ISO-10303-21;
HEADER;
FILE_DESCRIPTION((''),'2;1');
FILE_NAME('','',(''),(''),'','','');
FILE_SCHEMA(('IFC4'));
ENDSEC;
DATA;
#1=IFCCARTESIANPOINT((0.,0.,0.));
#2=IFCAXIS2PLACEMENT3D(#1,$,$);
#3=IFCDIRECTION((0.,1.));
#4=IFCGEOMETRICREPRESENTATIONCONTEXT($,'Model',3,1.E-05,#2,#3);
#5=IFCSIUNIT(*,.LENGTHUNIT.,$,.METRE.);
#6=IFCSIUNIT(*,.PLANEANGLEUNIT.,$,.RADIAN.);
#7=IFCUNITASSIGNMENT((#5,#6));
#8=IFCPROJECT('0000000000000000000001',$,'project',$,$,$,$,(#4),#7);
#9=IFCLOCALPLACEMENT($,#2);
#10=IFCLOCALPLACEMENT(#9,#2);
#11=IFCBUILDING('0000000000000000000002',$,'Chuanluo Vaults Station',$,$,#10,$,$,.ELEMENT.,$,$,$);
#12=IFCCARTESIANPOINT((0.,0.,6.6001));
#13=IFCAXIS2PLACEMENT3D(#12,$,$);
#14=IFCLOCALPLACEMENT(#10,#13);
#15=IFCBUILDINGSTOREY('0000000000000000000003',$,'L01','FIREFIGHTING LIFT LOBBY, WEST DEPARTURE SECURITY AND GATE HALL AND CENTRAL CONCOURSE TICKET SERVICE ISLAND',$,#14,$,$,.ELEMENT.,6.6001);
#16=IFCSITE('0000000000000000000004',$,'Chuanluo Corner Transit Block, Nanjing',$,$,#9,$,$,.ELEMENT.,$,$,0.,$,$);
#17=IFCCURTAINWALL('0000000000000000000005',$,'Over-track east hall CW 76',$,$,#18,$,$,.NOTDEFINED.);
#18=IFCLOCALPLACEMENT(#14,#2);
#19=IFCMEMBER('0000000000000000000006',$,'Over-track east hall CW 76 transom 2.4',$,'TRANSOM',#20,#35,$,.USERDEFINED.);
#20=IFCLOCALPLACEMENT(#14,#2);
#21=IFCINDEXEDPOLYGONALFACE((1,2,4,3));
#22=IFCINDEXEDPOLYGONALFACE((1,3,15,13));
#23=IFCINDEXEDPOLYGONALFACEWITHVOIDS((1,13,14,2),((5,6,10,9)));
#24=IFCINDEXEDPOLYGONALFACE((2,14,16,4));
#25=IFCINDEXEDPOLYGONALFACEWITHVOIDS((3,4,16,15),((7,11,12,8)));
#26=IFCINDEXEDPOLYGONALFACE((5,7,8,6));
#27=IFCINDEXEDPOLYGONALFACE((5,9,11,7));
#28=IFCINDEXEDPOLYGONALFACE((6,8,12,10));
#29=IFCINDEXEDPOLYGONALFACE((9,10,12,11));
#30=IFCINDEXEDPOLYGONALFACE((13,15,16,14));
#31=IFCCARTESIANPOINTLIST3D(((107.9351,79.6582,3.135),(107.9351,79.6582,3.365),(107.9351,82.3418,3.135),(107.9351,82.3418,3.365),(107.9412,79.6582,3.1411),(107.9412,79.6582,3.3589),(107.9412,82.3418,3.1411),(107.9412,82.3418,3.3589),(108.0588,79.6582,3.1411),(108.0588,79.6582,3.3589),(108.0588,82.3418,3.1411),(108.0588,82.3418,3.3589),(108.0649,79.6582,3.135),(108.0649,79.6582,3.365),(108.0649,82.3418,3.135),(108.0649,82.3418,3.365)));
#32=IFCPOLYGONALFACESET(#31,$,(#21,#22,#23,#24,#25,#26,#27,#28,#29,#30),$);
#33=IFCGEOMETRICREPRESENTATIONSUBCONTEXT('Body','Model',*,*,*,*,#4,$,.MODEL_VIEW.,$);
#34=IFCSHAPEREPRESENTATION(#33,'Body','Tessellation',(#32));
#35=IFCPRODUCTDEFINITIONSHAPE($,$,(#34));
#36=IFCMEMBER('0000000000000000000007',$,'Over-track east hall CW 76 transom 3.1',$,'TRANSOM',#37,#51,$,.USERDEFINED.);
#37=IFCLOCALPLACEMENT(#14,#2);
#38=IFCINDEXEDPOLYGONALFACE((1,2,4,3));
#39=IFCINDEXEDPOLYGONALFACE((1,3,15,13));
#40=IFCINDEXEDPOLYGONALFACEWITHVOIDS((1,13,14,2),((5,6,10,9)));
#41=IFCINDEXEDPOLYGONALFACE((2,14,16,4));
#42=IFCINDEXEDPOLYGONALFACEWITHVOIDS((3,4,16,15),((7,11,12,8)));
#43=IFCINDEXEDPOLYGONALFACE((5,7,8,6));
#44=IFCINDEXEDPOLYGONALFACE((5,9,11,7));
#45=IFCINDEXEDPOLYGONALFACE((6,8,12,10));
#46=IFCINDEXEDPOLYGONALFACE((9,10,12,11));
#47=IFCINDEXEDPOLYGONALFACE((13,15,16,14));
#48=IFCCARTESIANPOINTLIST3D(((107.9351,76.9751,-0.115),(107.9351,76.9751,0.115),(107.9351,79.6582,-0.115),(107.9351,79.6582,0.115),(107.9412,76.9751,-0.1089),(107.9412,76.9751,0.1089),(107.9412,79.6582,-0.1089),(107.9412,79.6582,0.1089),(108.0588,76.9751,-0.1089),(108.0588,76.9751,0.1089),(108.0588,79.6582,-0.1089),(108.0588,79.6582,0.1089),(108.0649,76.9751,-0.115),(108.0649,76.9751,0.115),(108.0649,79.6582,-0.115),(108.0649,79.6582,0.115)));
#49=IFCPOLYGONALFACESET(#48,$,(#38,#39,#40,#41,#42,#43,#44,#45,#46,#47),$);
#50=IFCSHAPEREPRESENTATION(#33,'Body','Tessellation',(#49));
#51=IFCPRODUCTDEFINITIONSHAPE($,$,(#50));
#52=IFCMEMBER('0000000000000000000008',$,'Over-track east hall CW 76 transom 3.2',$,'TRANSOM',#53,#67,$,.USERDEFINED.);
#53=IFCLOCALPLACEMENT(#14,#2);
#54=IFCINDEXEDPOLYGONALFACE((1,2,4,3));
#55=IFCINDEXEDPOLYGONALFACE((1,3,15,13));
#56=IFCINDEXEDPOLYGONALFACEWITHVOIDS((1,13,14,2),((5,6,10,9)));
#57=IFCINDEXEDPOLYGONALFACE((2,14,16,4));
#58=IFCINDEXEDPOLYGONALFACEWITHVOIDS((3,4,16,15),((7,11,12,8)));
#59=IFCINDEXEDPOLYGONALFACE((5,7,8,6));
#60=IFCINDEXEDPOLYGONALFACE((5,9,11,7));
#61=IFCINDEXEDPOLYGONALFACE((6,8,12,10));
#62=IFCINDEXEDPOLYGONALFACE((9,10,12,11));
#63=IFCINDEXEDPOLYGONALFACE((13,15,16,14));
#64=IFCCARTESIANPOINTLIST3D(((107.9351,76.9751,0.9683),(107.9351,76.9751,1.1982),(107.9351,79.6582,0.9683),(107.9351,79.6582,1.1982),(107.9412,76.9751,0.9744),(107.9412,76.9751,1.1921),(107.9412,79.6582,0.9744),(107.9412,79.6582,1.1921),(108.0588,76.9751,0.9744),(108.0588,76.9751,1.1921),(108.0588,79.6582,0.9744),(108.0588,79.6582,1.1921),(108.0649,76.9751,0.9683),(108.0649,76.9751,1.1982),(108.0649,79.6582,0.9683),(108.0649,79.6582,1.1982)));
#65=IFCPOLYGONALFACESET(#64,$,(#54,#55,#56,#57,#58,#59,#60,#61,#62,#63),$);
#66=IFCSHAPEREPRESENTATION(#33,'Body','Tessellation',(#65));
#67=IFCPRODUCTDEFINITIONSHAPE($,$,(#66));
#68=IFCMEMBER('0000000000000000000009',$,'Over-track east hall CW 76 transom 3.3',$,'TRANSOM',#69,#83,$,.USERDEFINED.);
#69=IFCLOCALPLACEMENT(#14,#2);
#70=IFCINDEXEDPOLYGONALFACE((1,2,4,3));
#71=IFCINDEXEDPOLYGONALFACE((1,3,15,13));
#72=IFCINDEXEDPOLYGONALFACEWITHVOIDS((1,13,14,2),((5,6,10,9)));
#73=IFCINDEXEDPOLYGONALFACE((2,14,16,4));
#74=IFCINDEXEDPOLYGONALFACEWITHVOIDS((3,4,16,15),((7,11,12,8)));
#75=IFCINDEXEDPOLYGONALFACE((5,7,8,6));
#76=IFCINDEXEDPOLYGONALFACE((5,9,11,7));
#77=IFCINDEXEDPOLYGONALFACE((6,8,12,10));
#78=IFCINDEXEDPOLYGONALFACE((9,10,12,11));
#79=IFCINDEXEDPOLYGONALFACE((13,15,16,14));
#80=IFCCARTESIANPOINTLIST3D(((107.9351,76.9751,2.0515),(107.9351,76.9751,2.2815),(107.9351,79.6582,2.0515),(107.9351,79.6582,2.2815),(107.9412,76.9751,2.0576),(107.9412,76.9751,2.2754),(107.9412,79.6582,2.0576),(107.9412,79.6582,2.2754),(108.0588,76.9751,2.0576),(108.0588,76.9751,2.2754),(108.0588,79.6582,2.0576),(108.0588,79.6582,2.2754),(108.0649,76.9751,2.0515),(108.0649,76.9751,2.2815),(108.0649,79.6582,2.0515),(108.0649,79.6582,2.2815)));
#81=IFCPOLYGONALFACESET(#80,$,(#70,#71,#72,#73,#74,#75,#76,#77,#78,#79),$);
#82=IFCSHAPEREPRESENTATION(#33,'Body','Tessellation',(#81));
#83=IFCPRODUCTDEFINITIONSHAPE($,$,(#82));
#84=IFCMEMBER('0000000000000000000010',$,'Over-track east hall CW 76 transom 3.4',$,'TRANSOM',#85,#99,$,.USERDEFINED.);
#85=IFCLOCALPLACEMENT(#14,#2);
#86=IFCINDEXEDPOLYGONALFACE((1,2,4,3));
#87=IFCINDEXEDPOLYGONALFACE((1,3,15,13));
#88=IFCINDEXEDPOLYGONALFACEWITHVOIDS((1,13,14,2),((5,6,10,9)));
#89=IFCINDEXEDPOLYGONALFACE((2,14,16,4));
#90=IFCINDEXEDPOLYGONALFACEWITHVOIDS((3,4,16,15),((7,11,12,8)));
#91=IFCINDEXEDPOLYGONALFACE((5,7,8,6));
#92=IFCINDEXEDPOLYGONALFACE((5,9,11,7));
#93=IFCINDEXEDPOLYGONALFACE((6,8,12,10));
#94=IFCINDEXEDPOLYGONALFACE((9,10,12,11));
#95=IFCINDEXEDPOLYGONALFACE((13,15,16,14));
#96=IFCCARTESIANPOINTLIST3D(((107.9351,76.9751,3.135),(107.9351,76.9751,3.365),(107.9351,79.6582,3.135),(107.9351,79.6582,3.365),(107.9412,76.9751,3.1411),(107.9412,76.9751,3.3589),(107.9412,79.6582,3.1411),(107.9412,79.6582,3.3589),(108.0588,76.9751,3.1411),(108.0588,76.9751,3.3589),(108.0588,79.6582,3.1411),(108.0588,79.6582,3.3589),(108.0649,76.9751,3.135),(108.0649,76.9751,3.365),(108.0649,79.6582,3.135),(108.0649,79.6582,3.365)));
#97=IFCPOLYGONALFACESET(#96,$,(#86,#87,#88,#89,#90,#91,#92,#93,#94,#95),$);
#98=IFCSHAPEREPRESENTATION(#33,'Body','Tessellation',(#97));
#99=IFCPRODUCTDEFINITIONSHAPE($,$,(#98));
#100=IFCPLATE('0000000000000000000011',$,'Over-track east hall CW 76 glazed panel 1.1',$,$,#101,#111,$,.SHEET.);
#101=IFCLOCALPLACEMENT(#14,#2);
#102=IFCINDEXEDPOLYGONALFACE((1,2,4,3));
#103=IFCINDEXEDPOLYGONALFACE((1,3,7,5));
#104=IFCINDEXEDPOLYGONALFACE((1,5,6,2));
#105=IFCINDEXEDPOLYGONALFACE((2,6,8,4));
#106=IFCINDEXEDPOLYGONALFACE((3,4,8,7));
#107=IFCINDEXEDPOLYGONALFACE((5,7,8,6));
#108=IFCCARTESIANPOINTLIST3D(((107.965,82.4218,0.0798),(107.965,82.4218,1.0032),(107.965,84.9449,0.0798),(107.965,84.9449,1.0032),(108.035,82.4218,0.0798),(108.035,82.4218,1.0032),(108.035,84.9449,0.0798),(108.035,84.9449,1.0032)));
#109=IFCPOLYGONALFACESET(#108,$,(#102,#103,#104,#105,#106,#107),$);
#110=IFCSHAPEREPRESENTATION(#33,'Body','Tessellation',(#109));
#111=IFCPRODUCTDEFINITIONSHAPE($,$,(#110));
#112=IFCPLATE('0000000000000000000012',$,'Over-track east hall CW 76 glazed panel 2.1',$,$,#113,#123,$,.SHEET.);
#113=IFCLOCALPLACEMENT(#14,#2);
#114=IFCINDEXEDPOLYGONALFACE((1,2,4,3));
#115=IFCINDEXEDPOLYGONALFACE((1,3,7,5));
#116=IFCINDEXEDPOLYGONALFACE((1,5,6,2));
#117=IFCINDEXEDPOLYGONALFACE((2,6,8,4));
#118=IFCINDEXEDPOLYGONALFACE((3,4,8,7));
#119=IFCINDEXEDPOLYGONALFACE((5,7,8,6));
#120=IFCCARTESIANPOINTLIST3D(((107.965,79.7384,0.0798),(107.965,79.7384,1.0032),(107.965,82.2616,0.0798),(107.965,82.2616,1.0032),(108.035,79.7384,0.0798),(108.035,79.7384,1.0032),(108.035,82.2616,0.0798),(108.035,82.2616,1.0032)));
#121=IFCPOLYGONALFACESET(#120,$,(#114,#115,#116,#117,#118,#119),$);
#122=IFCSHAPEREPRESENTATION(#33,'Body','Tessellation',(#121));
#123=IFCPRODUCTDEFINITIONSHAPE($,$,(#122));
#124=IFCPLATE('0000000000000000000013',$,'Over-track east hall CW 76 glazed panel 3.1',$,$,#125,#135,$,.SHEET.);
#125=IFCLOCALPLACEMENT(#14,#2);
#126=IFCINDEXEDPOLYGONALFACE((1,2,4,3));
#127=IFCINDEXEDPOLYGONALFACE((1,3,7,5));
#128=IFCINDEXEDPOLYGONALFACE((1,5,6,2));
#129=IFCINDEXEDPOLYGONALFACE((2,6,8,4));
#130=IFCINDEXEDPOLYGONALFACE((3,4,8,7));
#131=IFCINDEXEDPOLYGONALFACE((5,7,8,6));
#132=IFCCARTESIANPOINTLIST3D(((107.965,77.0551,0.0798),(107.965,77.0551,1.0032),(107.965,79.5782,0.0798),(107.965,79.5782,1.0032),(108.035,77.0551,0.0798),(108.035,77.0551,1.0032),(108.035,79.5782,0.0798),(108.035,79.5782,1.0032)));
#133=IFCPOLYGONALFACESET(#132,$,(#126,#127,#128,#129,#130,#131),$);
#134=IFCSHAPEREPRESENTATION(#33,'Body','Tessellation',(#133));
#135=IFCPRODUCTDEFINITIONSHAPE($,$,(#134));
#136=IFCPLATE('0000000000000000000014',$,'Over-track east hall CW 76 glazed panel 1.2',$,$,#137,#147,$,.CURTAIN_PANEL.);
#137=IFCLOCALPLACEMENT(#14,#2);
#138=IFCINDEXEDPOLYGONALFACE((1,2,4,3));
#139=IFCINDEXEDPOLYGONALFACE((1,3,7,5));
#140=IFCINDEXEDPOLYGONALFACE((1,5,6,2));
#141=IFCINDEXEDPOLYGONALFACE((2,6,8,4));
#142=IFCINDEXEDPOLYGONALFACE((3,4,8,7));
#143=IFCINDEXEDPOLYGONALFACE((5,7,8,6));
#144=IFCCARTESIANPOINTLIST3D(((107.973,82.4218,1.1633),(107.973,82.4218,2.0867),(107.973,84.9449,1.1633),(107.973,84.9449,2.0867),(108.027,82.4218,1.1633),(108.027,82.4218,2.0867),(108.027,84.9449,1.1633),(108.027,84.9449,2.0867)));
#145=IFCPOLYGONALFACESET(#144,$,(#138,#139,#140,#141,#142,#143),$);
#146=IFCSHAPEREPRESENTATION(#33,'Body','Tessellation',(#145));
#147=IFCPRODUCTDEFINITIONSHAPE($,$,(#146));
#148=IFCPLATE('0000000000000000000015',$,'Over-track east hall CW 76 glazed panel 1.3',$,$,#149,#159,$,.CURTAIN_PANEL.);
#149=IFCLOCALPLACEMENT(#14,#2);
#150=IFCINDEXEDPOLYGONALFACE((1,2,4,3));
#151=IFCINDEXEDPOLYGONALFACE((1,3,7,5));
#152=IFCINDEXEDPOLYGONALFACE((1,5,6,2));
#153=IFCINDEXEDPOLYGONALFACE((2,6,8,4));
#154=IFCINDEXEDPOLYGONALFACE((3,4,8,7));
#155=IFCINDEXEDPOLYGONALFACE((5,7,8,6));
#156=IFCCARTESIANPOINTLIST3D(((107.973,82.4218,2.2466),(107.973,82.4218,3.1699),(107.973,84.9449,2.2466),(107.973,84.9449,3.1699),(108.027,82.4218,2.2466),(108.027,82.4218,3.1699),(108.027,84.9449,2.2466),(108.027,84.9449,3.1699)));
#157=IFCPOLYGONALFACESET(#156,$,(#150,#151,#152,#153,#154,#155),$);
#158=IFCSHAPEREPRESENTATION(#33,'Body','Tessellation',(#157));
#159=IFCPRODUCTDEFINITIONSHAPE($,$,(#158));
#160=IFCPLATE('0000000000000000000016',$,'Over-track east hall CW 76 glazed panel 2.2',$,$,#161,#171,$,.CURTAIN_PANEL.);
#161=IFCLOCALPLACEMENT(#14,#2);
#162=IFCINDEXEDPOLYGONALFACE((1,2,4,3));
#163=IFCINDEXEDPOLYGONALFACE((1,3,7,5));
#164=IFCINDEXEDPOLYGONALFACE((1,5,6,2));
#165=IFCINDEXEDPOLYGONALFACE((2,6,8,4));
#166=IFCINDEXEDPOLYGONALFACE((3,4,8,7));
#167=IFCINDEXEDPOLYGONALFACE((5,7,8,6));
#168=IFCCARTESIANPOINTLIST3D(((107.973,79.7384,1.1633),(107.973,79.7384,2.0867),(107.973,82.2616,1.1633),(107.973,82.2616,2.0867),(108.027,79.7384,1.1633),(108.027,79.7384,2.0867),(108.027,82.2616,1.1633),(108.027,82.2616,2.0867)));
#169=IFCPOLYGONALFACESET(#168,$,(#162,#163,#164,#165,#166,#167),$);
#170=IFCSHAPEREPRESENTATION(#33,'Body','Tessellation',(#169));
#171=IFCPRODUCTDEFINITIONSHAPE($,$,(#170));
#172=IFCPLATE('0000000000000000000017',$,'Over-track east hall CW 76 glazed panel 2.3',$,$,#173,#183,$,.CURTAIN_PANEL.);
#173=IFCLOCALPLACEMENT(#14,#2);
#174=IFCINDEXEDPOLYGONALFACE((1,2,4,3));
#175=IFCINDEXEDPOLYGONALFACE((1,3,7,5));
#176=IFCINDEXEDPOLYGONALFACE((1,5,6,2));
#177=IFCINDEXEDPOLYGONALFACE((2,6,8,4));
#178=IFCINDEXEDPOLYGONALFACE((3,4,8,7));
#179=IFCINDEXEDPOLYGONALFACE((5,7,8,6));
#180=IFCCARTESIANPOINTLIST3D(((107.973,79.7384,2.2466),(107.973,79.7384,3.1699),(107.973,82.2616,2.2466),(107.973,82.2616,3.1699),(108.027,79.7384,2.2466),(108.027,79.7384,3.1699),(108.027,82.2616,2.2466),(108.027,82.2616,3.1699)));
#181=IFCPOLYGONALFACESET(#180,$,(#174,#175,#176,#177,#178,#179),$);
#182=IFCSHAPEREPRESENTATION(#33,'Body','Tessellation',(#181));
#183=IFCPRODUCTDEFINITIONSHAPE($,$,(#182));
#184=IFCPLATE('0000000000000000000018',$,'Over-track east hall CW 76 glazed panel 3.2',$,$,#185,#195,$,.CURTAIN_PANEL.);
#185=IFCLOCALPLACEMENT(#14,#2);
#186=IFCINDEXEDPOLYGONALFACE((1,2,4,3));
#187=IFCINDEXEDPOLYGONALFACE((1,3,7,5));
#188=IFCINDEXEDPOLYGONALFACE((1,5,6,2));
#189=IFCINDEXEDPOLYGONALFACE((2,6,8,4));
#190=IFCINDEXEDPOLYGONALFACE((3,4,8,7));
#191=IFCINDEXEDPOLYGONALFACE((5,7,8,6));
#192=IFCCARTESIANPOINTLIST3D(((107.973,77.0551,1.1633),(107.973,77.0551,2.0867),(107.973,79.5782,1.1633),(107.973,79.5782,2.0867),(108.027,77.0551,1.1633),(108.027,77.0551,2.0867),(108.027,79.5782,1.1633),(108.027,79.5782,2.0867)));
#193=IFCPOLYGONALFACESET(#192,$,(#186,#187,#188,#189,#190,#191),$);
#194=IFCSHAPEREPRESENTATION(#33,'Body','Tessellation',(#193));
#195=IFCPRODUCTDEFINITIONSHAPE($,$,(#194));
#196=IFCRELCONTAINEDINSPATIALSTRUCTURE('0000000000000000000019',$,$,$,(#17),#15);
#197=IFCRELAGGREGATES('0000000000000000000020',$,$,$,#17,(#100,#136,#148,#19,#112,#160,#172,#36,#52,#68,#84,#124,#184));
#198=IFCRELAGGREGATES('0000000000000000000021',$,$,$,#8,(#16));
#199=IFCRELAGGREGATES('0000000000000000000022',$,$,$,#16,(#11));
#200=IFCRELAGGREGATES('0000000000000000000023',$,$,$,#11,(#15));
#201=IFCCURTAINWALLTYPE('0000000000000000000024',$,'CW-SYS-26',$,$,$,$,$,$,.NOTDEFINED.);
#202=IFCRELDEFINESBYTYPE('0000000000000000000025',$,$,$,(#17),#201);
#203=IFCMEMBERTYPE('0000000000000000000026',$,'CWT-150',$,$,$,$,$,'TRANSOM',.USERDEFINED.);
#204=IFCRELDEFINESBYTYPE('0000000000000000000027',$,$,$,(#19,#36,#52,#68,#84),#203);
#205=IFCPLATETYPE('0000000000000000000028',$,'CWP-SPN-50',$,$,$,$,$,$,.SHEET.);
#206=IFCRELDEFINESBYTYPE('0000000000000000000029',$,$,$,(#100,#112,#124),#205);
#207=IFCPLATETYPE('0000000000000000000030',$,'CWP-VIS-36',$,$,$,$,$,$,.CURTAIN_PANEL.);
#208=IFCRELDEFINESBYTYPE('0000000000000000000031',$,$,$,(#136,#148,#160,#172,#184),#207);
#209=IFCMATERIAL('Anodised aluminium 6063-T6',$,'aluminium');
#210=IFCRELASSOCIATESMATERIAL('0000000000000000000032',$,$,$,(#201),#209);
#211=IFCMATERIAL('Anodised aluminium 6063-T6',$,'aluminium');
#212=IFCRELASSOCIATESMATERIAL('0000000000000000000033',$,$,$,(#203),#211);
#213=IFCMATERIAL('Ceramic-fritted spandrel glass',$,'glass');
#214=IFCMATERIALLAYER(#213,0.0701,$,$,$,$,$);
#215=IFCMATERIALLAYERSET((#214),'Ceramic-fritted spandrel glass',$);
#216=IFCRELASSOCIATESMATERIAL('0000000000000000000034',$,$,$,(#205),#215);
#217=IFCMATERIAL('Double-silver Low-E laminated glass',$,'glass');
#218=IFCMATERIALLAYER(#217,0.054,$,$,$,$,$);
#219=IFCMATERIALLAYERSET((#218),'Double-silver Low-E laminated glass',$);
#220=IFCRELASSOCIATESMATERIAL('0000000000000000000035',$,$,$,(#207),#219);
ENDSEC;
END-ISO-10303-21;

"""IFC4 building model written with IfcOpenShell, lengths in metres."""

from ifc_helpers import new_model, si_unit, direction, frame, origin, origin_2d, place, context, subcontext, project, spatial, rectangle, hollow_rectangle, extrude, material, layer, layer_set, material_profile, profile_set, type_object, element, aggregate, save


model = new_model("IFC4")

# Units and contexts
model_context = context("Model", 3, precision=1e-05, world=origin(), true_north=direction((0.0, 1.0)))
body_context = subcontext(model_context, "Body", "Model", "MODEL_VIEW")
ifc_project = project(units=[si_unit("LENGTHUNIT", "METRE"), si_unit("PLANEANGLEUNIT", "RADIAN")], contexts=[model_context])

# Site, building, storey
site_placement = place(None, origin())
site = spatial("IfcSite", under=ifc_project, at=site_placement, Name="Chuanluo Corner Transit Block, Nanjing", CompositionType="ELEMENT", RefElevation=0.0)
building_placement = place(site_placement, origin())
building = spatial("IfcBuilding", under=site, at=building_placement, Name="Chuanluo Vaults Station", CompositionType="ELEMENT")
storey_placement = place(building_placement, frame((0.0, 0.0, 6.6001)))
storey = spatial("IfcBuildingStorey", under=building, at=storey_placement, Name="L01", Description="FIREFIGHTING LIFT LOBBY, WEST DEPARTURE SECURITY AND GATE HALL AND CENTRAL CONCOURSE TICKET SERVICE ISLAND", CompositionType="ELEMENT", Elevation=6.6001)

# Curtain wall, members, plates
ifc_material_1 = material(Name="Anodised aluminium 6063-T6", Category="aluminium")
curtain_wall_type = type_object("IfcCurtainWallType", Name="CW-SYS-26", PredefinedType="NOTDEFINED", material=ifc_material_1)
curtain_wall_placement = place(storey_placement, origin())
curtain_wall = element("IfcCurtainWall", 1, at=curtain_wall_placement, inside=storey, type_object=curtain_wall_type, Name="Over-track east hall CW 76", PredefinedType="NOTDEFINED")
ifc_material_2 = material(Name="Anodised aluminium 6063-T6", Category="aluminium")
ifc_material_profile_1 = material_profile(ifc_material_2, hollow_rectangle(XDim=0.1299, YDim=0.23, WallThickness=0.0061, at=origin_2d()))
ifc_profile_set_1 = profile_set([ifc_material_profile_1], Name="Anodised aluminium 6063-T6")
member_type_1 = type_object("IfcMemberType", Name="CWT-150", ElementType="TRANSOM", PredefinedType="USERDEFINED", material=ifc_profile_set_1)
member_1_placement = place(storey_placement, frame((108.0, 82.3418, 3.25), z_axis=(0.0, -1.0, 0.0), x_axis=(1.0, 0.0, 0.0)))
member_1 = element("IfcMember", 2, at=member_1_placement, type_object=member_type_1, Name="Over-track east hall CW 76 transom 2.4", ObjectType="TRANSOM", PredefinedType="USERDEFINED", context=body_context, shape_type="SweptSolid", body=[
    extrude(hollow_rectangle(XDim=0.1299, YDim=0.23, WallThickness=0.0061, at=origin_2d()), origin(), (0.0, 0.0, 1.0), 2.6836),
])
member_2_placement = place(storey_placement, frame((108.0, 79.6582, 0.0), z_axis=(0.0, -1.0, 0.0), x_axis=(1.0, 0.0, 0.0)))
member_2 = element("IfcMember", 3, at=member_2_placement, type_object=member_type_1, Name="Over-track east hall CW 76 transom 3.1", ObjectType="TRANSOM", PredefinedType="USERDEFINED", context=body_context, shape_type="SweptSolid", body=[
    extrude(hollow_rectangle(XDim=0.1299, YDim=0.23, WallThickness=0.0061, at=origin_2d()), origin(), (0.0, 0.0, 1.0), 2.6831),
])
member_3_placement = place(storey_placement, frame((108.0, 79.6582, 1.0833), z_axis=(0.0, -1.0, 0.0), x_axis=(1.0, 0.0, 0.0)))
member_3 = element("IfcMember", 4, at=member_3_placement, type_object=member_type_1, Name="Over-track east hall CW 76 transom 3.2", ObjectType="TRANSOM", PredefinedType="USERDEFINED", context=body_context, shape_type="SweptSolid", body=[
    extrude(hollow_rectangle(XDim=0.1299, YDim=0.23, WallThickness=0.0061, at=origin_2d()), origin(), (0.0, 0.0, 1.0), 2.6831),
])
member_4_placement = place(storey_placement, frame((108.0, 79.6582, 2.1665), z_axis=(0.0, -1.0, 0.0), x_axis=(1.0, 0.0, 0.0)))
member_4 = element("IfcMember", 5, at=member_4_placement, type_object=member_type_1, Name="Over-track east hall CW 76 transom 3.3", ObjectType="TRANSOM", PredefinedType="USERDEFINED", context=body_context, shape_type="SweptSolid", body=[
    extrude(hollow_rectangle(XDim=0.1299, YDim=0.23, WallThickness=0.0061, at=origin_2d()), origin(), (0.0, 0.0, 1.0), 2.6831),
])
member_5_placement = place(storey_placement, frame((108.0, 79.6582, 3.25), z_axis=(0.0, -1.0, 0.0), x_axis=(1.0, 0.0, 0.0)))
member_5 = element("IfcMember", 6, at=member_5_placement, type_object=member_type_1, Name="Over-track east hall CW 76 transom 3.4", ObjectType="TRANSOM", PredefinedType="USERDEFINED", context=body_context, shape_type="SweptSolid", body=[
    extrude(hollow_rectangle(XDim=0.1299, YDim=0.23, WallThickness=0.0061, at=origin_2d()), origin(), (0.0, 0.0, 1.0), 2.6831),
])
ifc_material_3 = material(Name="Ceramic-fritted spandrel glass", Category="glass")
ifc_layer_1 = layer(ifc_material_3, 0.0701)
ifc_layer_set_1 = layer_set([ifc_layer_1], Name="Ceramic-fritted spandrel glass")
plate_type_1 = type_object("IfcPlateType", Name="CWP-SPN-50", PredefinedType="SHEET", material=ifc_layer_set_1)
plate_1_placement = place(storey_placement, frame((108.0, 83.6833, 0.0798), z_axis=(0.0, 0.0, 1.0), x_axis=(0.0, -1.0, 0.0)))
plate_1 = element("IfcPlate", 7, at=plate_1_placement, type_object=plate_type_1, Name="Over-track east hall CW 76 glazed panel 1.1", PredefinedType="SHEET", context=body_context, shape_type="SweptSolid", body=[
    extrude(rectangle(XDim=2.5232, YDim=0.0701, at=origin_2d()), origin(), (0.0, 0.0, 1.0), 0.9233),
])
plate_2_placement = place(storey_placement, frame((108.0, 81.0, 0.0798), z_axis=(0.0, 0.0, 1.0), x_axis=(0.0, -1.0, 0.0)))
plate_2 = element("IfcPlate", 8, at=plate_2_placement, type_object=plate_type_1, Name="Over-track east hall CW 76 glazed panel 2.1", PredefinedType="SHEET", context=body_context, shape_type="SweptSolid", body=[
    extrude(rectangle(XDim=2.5232, YDim=0.0701, at=origin_2d()), origin(), (0.0, 0.0, 1.0), 0.9233),
])
plate_3_placement = place(storey_placement, frame((108.0, 78.3167, 0.0798), z_axis=(0.0, 0.0, 1.0), x_axis=(0.0, -1.0, 0.0)))
plate_3 = element("IfcPlate", 9, at=plate_3_placement, type_object=plate_type_1, Name="Over-track east hall CW 76 glazed panel 3.1", PredefinedType="SHEET", context=body_context, shape_type="SweptSolid", body=[
    extrude(rectangle(XDim=2.5232, YDim=0.0701, at=origin_2d()), origin(), (0.0, 0.0, 1.0), 0.9233),
])
ifc_material_4 = material(Name="Double-silver Low-E laminated glass", Category="glass")
ifc_layer_2 = layer(ifc_material_4, 0.054)
ifc_layer_set_2 = layer_set([ifc_layer_2], Name="Double-silver Low-E laminated glass")
plate_type_2 = type_object("IfcPlateType", Name="CWP-VIS-36", PredefinedType="CURTAIN_PANEL", material=ifc_layer_set_2)
plate_4_placement = place(storey_placement, frame((108.0, 83.6833, 1.1633), z_axis=(0.0, 0.0, 1.0), x_axis=(0.0, -1.0, 0.0)))
plate_4 = element("IfcPlate", 10, at=plate_4_placement, type_object=plate_type_2, Name="Over-track east hall CW 76 glazed panel 1.2", PredefinedType="CURTAIN_PANEL", context=body_context, shape_type="SweptSolid", body=[
    extrude(rectangle(XDim=2.5232, YDim=0.054, at=origin_2d()), origin(), (0.0, 0.0, 1.0), 0.9233),
])
plate_5_placement = place(storey_placement, frame((108.0, 83.6833, 2.2466), z_axis=(0.0, 0.0, 1.0), x_axis=(0.0, -1.0, 0.0)))
plate_5 = element("IfcPlate", 11, at=plate_5_placement, type_object=plate_type_2, Name="Over-track east hall CW 76 glazed panel 1.3", PredefinedType="CURTAIN_PANEL", context=body_context, shape_type="SweptSolid", body=[
    extrude(rectangle(XDim=2.5232, YDim=0.054, at=origin_2d()), origin(), (0.0, 0.0, 1.0), 0.9233),
])
plate_6_placement = place(storey_placement, frame((108.0, 81.0, 1.1633), z_axis=(0.0, 0.0, 1.0), x_axis=(0.0, -1.0, 0.0)))
plate_6 = element("IfcPlate", 12, at=plate_6_placement, type_object=plate_type_2, Name="Over-track east hall CW 76 glazed panel 2.2", PredefinedType="CURTAIN_PANEL", context=body_context, shape_type="SweptSolid", body=[
    extrude(rectangle(XDim=2.5232, YDim=0.054, at=origin_2d()), origin(), (0.0, 0.0, 1.0), 0.9233),
])
plate_7_placement = place(storey_placement, frame((108.0, 81.0, 2.2466), z_axis=(0.0, 0.0, 1.0), x_axis=(0.0, -1.0, 0.0)))
plate_7 = element("IfcPlate", 13, at=plate_7_placement, type_object=plate_type_2, Name="Over-track east hall CW 76 glazed panel 2.3", PredefinedType="CURTAIN_PANEL", context=body_context, shape_type="SweptSolid", body=[
    extrude(rectangle(XDim=2.5232, YDim=0.054, at=origin_2d()), origin(), (0.0, 0.0, 1.0), 0.9233),
])
plate_8_placement = place(storey_placement, frame((108.0, 78.3167, 1.1633), z_axis=(0.0, 0.0, 1.0), x_axis=(0.0, -1.0, 0.0)))
plate_8 = element("IfcPlate", 14, at=plate_8_placement, type_object=plate_type_2, Name="Over-track east hall CW 76 glazed panel 3.2", PredefinedType="CURTAIN_PANEL", context=body_context, shape_type="SweptSolid", body=[
    extrude(rectangle(XDim=2.5232, YDim=0.054, at=origin_2d()), origin(), (0.0, 0.0, 1.0), 0.9233),
])
aggregate(curtain_wall, [plate_1, plate_4, plate_5, member_1, plate_2, plate_6, plate_7, member_2, member_3, member_4, member_5, plate_3, plate_8])

save(model, "model.ifc")
